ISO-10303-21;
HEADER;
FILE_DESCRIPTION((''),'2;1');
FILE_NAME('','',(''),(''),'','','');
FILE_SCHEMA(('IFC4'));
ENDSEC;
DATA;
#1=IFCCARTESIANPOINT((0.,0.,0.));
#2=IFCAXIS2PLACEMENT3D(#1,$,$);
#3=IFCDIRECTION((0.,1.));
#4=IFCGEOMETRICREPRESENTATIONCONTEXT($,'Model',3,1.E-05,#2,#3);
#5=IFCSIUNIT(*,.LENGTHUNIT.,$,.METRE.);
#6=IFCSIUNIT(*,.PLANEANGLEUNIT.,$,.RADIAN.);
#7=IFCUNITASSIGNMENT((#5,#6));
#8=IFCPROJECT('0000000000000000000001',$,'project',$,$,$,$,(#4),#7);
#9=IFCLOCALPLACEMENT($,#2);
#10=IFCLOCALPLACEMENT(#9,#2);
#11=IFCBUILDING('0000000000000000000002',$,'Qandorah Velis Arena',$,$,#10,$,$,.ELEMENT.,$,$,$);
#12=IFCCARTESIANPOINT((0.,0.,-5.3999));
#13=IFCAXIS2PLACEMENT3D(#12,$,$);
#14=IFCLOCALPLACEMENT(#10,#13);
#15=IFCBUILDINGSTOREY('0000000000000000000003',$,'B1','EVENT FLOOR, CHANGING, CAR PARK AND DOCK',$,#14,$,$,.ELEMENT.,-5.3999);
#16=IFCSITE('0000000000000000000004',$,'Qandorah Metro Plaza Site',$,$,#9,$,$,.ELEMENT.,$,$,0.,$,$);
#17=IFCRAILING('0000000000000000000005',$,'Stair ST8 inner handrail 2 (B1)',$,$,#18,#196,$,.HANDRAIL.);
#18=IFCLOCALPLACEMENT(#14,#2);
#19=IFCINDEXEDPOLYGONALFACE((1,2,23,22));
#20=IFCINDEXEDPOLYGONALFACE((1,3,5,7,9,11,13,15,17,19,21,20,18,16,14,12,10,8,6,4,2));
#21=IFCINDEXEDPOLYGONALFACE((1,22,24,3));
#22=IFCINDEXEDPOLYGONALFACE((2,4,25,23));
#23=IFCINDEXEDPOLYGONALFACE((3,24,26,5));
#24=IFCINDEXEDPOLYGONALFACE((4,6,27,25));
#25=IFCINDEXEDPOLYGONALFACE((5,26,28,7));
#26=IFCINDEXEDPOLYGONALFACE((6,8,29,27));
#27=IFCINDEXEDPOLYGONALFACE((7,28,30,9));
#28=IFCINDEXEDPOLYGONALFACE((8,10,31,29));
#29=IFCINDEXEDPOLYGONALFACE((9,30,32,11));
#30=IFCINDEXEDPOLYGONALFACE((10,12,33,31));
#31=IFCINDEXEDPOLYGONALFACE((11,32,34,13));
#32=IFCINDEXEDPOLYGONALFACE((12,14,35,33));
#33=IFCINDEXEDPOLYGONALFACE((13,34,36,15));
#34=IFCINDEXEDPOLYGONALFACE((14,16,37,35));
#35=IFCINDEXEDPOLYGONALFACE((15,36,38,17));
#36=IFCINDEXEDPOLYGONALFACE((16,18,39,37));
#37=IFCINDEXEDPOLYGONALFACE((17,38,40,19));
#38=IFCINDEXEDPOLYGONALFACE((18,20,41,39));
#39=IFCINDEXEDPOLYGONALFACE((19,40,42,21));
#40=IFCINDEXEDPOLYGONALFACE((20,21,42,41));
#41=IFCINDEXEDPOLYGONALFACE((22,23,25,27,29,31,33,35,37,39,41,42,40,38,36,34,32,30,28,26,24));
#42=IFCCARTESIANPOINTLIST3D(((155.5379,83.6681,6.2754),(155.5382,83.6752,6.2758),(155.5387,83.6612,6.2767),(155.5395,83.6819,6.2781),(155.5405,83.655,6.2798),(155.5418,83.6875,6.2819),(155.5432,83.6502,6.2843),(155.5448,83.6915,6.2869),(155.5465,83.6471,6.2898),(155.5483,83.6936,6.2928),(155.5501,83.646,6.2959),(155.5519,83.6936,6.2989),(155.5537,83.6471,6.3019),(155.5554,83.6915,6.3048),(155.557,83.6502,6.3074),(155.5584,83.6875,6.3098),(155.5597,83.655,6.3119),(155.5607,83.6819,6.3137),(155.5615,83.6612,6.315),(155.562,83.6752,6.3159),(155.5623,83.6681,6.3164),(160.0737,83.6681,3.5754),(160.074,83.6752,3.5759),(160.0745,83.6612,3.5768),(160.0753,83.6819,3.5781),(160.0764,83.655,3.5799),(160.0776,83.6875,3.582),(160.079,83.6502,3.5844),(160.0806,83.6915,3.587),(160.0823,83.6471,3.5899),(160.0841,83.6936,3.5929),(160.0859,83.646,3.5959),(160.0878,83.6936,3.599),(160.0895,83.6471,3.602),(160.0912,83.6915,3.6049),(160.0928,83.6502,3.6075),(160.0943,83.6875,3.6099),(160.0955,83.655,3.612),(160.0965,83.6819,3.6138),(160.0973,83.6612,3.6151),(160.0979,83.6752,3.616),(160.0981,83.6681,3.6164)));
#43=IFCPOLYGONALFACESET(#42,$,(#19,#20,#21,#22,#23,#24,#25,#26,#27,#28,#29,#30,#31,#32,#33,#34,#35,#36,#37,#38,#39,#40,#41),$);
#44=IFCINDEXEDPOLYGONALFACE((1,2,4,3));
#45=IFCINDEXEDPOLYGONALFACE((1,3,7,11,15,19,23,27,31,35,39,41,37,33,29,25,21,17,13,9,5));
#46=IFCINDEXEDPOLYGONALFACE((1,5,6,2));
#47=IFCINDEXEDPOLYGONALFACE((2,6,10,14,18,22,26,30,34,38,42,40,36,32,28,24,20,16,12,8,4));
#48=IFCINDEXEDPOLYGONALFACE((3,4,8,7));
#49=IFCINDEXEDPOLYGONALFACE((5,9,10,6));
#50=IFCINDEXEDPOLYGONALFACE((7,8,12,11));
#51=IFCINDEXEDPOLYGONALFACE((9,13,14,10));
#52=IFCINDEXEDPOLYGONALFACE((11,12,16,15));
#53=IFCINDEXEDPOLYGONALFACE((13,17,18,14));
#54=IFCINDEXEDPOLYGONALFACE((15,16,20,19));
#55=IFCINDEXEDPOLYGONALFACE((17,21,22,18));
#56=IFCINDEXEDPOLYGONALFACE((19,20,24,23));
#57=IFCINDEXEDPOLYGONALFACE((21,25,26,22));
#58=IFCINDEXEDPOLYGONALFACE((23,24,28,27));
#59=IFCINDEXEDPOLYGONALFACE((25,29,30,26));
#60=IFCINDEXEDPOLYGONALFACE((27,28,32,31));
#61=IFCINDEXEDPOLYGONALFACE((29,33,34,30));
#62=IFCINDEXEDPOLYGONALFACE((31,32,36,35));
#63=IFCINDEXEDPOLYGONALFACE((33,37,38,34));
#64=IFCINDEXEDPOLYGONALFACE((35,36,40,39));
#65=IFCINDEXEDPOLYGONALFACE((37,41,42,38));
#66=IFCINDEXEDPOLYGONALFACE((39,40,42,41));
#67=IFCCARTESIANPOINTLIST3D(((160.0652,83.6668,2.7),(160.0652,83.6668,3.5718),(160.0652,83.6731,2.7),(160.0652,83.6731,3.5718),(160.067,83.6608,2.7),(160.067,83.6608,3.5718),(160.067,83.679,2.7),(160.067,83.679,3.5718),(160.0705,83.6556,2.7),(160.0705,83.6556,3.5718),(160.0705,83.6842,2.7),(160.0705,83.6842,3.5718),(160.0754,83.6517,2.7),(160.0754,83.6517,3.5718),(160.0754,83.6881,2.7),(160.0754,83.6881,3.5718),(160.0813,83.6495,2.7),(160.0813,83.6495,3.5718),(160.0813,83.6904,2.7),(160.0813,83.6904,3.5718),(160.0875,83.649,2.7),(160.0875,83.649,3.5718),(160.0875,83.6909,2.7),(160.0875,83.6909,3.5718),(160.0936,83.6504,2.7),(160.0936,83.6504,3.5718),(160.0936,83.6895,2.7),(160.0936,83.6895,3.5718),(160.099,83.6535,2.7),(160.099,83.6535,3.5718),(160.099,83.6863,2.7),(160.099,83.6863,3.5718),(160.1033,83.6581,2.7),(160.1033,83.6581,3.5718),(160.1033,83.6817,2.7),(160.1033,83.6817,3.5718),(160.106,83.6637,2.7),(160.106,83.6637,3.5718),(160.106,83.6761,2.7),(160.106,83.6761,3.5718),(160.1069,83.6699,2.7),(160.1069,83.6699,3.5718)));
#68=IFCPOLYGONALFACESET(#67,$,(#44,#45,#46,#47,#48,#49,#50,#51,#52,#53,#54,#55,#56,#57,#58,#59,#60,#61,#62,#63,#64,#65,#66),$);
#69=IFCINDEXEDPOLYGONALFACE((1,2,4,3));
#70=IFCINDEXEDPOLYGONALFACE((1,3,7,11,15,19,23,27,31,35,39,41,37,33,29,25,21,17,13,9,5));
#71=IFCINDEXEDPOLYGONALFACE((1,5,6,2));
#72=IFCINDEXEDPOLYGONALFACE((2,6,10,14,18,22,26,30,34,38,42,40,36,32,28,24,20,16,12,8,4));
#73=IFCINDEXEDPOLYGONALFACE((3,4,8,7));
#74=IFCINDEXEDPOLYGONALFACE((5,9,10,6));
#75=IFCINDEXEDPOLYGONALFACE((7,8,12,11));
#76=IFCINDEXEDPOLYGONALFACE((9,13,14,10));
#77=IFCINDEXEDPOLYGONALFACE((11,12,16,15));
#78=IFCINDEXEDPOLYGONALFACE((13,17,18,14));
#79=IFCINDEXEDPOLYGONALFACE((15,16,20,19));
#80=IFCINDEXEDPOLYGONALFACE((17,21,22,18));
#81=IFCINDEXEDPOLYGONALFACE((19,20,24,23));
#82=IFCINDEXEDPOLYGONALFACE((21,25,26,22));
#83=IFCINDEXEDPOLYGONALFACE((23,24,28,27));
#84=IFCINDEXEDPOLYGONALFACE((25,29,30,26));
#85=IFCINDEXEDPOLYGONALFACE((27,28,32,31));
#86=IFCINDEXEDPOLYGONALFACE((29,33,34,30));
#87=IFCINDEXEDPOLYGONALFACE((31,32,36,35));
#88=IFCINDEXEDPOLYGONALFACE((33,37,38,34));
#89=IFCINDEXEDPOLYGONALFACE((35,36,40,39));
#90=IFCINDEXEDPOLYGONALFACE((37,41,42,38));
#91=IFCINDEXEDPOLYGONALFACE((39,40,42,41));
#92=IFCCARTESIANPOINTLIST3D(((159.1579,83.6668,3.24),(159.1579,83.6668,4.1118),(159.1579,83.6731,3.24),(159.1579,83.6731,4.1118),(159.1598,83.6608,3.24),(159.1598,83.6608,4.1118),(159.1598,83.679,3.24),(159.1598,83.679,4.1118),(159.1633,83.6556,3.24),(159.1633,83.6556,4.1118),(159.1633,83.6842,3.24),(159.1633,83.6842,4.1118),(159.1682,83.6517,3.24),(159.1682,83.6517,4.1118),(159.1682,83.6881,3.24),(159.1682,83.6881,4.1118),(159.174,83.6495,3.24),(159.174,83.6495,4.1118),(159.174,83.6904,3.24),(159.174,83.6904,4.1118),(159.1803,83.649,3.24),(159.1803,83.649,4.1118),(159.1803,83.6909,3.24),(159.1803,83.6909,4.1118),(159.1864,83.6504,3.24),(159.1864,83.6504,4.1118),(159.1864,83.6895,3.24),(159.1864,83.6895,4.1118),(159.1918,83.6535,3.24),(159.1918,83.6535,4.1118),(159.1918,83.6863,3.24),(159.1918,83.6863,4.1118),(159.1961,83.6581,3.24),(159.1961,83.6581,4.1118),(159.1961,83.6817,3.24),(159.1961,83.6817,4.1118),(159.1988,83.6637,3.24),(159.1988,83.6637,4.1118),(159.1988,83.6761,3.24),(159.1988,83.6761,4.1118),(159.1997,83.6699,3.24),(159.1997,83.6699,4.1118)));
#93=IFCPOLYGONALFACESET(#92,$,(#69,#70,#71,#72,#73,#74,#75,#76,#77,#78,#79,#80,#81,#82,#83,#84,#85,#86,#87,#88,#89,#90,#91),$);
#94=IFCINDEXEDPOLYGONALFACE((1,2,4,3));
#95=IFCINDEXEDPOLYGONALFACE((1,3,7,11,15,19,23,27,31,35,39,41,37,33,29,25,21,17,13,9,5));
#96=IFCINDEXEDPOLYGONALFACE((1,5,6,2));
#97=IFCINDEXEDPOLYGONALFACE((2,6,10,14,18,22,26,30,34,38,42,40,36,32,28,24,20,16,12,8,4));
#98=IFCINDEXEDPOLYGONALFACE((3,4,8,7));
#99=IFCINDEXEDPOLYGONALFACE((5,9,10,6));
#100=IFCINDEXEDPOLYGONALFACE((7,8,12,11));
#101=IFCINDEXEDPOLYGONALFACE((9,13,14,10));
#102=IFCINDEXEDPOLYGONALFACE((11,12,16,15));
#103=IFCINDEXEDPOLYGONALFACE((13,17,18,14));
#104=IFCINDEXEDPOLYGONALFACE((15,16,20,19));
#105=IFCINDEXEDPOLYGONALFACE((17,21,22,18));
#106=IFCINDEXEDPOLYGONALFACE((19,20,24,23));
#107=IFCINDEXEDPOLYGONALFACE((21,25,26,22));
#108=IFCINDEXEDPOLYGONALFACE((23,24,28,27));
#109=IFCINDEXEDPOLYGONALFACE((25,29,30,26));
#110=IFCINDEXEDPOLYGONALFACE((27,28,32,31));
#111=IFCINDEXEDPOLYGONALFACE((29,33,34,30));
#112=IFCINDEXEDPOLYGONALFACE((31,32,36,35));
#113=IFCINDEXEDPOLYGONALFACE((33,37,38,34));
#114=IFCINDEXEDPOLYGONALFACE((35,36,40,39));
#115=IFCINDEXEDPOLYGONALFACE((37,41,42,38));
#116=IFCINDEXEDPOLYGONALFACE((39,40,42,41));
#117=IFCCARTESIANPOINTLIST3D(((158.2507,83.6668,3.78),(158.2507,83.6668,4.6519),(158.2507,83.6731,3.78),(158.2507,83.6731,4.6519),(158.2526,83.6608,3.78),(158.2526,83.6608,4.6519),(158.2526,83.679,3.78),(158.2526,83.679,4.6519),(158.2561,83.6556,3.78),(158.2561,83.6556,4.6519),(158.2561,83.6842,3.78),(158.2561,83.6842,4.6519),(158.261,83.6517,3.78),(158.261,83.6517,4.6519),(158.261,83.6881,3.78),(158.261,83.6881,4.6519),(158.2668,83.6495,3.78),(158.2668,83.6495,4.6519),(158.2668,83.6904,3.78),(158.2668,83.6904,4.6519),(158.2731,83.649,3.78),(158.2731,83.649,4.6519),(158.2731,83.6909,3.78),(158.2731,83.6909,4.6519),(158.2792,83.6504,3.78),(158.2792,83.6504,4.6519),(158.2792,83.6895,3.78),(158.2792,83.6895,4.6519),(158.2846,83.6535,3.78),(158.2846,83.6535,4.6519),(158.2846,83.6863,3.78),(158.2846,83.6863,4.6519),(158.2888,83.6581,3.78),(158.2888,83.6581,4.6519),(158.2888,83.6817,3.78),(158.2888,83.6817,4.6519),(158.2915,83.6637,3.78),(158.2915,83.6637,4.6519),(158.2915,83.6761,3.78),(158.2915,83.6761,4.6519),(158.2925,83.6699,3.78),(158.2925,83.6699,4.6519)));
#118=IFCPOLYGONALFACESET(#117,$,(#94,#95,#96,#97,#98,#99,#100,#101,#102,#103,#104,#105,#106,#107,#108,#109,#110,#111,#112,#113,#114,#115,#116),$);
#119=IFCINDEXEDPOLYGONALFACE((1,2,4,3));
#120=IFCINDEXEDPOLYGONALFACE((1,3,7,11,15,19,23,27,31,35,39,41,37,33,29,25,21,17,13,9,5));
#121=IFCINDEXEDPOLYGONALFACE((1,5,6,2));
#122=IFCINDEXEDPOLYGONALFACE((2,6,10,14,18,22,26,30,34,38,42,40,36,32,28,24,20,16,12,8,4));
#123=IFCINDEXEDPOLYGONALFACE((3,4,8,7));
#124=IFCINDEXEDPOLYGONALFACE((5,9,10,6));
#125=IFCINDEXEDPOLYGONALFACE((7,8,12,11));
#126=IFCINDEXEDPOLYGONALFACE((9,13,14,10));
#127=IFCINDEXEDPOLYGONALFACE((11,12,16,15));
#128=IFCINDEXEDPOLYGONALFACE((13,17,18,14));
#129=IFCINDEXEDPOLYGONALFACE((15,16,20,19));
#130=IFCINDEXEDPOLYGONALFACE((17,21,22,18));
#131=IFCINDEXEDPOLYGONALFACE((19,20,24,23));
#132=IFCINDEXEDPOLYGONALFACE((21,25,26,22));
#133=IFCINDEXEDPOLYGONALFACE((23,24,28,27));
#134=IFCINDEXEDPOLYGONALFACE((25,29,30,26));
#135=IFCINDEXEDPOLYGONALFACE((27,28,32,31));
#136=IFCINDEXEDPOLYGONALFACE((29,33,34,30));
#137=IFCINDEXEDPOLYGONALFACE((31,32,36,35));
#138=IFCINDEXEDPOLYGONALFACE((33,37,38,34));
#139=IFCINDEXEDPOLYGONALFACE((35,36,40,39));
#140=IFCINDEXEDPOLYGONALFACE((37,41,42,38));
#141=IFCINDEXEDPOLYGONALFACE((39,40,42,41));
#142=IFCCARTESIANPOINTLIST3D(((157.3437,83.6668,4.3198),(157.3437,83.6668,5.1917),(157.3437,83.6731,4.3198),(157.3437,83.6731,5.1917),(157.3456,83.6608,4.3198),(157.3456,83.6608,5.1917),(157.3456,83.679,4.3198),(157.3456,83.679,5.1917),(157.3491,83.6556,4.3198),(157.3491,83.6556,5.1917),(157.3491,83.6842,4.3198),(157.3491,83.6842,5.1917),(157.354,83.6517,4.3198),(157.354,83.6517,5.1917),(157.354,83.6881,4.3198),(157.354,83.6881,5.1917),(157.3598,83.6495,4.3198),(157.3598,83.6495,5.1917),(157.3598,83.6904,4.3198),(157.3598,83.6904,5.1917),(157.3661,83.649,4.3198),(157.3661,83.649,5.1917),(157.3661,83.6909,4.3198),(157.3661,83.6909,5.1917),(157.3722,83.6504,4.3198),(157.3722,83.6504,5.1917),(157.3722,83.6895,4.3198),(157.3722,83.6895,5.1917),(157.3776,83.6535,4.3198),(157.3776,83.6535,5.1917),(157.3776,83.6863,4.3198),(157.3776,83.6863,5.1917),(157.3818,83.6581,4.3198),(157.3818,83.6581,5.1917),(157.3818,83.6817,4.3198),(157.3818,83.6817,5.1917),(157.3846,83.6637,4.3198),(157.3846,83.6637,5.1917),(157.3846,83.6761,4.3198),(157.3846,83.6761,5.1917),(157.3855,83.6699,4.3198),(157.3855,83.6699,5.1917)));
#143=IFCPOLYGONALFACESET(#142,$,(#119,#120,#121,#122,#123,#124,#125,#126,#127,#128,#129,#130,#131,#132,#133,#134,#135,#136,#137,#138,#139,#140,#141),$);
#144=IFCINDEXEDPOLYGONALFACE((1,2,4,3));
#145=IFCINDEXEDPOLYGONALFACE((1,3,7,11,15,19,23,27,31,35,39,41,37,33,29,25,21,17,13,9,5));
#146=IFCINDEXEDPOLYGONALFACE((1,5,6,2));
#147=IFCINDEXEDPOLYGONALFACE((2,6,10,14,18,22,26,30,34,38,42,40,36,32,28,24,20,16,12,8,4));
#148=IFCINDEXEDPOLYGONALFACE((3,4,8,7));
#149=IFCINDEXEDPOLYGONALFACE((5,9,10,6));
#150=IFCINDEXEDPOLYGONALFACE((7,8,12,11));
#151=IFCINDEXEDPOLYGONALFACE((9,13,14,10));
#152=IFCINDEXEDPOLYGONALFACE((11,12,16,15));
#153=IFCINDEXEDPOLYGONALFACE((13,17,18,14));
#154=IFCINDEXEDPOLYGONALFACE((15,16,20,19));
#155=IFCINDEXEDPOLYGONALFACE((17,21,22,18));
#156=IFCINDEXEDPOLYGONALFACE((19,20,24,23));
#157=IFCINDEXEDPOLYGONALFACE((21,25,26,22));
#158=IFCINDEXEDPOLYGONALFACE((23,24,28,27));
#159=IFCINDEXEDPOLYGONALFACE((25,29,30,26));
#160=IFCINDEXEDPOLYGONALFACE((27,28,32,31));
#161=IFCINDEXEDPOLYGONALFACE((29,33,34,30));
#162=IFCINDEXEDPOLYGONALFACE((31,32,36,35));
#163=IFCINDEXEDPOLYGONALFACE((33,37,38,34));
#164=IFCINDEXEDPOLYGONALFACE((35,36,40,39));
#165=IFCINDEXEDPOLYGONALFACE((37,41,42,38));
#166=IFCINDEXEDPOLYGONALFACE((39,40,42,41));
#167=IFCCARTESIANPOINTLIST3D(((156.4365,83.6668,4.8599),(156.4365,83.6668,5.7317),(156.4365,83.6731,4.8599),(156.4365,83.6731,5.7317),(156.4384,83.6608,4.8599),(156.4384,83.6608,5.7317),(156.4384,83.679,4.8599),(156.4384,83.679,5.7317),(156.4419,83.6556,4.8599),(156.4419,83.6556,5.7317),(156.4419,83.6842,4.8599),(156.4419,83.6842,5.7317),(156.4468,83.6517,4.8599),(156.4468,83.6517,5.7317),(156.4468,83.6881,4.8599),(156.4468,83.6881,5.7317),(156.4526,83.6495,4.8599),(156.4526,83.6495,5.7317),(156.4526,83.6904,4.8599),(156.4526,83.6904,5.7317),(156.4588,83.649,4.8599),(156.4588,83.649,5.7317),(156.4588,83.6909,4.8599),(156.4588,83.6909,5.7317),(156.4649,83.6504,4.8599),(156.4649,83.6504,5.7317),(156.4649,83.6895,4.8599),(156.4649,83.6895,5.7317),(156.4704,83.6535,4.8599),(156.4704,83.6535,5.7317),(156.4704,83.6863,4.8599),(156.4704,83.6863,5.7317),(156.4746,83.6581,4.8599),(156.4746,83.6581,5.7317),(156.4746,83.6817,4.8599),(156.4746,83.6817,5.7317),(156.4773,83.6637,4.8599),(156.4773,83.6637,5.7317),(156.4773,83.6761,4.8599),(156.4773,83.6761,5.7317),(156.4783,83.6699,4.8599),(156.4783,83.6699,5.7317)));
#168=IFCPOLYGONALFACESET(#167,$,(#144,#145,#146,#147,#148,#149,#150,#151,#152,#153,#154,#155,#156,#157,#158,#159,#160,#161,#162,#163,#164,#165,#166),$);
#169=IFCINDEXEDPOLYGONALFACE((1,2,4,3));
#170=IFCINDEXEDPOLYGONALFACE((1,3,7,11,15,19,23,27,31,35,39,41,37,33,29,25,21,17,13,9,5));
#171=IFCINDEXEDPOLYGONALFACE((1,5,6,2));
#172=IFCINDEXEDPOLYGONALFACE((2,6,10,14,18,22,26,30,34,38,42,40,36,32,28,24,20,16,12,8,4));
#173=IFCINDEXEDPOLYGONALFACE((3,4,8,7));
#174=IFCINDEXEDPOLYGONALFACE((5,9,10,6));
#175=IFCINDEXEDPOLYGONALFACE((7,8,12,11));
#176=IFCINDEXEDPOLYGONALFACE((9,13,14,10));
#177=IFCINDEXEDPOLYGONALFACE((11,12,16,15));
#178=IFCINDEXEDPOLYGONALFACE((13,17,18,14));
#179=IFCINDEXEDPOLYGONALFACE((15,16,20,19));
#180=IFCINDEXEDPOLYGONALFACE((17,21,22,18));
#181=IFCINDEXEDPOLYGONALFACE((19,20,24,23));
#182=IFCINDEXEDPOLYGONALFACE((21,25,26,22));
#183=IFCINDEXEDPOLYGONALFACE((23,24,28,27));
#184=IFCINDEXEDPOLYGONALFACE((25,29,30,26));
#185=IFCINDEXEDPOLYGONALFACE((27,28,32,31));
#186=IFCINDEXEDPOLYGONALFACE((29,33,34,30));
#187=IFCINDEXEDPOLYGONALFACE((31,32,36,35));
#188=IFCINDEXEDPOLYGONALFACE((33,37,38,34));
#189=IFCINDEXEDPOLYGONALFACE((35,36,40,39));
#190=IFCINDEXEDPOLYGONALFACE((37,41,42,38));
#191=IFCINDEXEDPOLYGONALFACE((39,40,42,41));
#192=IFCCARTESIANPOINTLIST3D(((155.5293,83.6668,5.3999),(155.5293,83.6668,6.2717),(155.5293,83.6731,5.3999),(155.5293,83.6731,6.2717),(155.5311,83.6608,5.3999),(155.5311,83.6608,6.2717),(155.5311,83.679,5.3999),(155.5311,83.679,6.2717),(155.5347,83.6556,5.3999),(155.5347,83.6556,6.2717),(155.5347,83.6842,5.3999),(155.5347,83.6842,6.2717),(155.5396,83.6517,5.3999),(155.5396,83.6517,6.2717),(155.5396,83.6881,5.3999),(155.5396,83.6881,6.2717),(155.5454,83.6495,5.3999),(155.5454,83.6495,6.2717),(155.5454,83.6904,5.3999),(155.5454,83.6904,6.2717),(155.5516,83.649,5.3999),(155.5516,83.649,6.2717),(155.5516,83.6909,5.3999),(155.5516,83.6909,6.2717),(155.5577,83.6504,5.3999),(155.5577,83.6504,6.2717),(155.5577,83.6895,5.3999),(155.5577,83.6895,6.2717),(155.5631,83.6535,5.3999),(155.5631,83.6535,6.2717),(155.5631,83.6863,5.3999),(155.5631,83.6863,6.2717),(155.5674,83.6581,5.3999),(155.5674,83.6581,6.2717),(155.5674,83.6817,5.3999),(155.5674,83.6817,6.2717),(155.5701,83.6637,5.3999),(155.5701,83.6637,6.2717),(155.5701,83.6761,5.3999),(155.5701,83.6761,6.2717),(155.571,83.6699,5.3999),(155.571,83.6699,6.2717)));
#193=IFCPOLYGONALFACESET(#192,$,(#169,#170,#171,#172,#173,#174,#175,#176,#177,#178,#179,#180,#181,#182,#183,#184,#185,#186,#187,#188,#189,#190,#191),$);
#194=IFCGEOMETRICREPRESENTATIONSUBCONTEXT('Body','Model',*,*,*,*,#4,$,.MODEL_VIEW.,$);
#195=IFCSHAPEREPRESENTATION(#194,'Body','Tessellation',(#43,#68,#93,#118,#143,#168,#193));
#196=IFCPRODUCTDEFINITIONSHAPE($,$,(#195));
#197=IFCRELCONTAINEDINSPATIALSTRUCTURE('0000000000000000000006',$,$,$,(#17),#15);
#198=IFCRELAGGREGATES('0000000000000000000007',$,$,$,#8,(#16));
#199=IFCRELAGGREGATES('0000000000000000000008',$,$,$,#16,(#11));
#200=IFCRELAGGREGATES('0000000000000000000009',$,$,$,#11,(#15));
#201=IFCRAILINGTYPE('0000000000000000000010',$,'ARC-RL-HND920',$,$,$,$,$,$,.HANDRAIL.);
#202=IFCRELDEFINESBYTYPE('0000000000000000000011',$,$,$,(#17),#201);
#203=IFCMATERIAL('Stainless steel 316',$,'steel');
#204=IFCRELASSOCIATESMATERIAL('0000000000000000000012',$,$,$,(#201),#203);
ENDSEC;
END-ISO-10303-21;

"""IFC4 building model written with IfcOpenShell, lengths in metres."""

from ifc_helpers import new_model, si_unit, direction, frame, origin, origin_2d, place, context, subcontext, project, spatial, circle, extrude, material, type_object, element, save


model = new_model("IFC4")

# Units and contexts
model_context = context("Model", 3, precision=1e-05, world=origin(), true_north=direction((0.0, 1.0)))
body_context = subcontext(model_context, "Body", "Model", "MODEL_VIEW")
ifc_project = project(units=[si_unit("LENGTHUNIT", "METRE"), si_unit("PLANEANGLEUNIT", "RADIAN")], contexts=[model_context])

# Site, building, storey
site_placement = place(None, origin())
site = spatial("IfcSite", under=ifc_project, at=site_placement, Name="Qandorah Metro Plaza Site", CompositionType="ELEMENT", RefElevation=0.0)
building_placement = place(site_placement, origin())
building = spatial("IfcBuilding", under=site, at=building_placement, Name="Qandorah Velis Arena", CompositionType="ELEMENT")
storey_placement = place(building_placement, frame((0.0, 0.0, -5.3999)))
storey = spatial("IfcBuildingStorey", under=building, at=storey_placement, Name="B1", Description="EVENT FLOOR, CHANGING, CAR PARK AND DOCK", CompositionType="ELEMENT", Elevation=-5.3999)

# Railing
ifc_material_1 = material(Name="Stainless steel 316", Category="steel")
railing_type_1 = type_object("IfcRailingType", Name="ARC-RL-HND920", PredefinedType="HANDRAIL", material=ifc_material_1)
railing_1_placement = place(storey_placement, frame((160.0859, 83.6699, 2.7)))
element("IfcRailing", 1, at=railing_1_placement, inside=storey, type_object=railing_type_1, Name="Stair ST8 inner handrail 2 (B1)", PredefinedType="HANDRAIL", context=body_context, shape_type="SweptSolid", body=[
    extrude(circle(Radius=0.0239, at=origin_2d()), frame((0.0, 0.0, 0.896), z_axis=(-0.859291, 0.0, 0.511486), x_axis=(0.0, -1.0, 0.0)), (0.0, 0.0, 1.0), 5.2786),
    extrude(circle(Radius=0.021, at=origin_2d()), origin(), (0.0, 0.0, 1.0), 0.8718),
    extrude(circle(Radius=0.021, at=origin_2d()), frame((-0.9072, 0.0, 0.54)), (0.0, 0.0, 1.0), 0.8718),
    extrude(circle(Radius=0.021, at=origin_2d()), frame((-1.8145, 0.0, 1.0801)), (0.0, 0.0, 1.0), 0.8718),
    extrude(circle(Radius=0.021, at=origin_2d()), frame((-2.7214, 0.0, 1.6199)), (0.0, 0.0, 1.0), 0.8718),
    extrude(circle(Radius=0.021, at=origin_2d()), frame((-3.6287, 0.0, 2.1599)), (0.0, 0.0, 1.0), 0.8718),
    extrude(circle(Radius=0.021, at=origin_2d()), frame((-4.5359, 0.0, 2.7)), (0.0, 0.0, 1.0), 0.8718),
])

save(model, "model.ifc")
